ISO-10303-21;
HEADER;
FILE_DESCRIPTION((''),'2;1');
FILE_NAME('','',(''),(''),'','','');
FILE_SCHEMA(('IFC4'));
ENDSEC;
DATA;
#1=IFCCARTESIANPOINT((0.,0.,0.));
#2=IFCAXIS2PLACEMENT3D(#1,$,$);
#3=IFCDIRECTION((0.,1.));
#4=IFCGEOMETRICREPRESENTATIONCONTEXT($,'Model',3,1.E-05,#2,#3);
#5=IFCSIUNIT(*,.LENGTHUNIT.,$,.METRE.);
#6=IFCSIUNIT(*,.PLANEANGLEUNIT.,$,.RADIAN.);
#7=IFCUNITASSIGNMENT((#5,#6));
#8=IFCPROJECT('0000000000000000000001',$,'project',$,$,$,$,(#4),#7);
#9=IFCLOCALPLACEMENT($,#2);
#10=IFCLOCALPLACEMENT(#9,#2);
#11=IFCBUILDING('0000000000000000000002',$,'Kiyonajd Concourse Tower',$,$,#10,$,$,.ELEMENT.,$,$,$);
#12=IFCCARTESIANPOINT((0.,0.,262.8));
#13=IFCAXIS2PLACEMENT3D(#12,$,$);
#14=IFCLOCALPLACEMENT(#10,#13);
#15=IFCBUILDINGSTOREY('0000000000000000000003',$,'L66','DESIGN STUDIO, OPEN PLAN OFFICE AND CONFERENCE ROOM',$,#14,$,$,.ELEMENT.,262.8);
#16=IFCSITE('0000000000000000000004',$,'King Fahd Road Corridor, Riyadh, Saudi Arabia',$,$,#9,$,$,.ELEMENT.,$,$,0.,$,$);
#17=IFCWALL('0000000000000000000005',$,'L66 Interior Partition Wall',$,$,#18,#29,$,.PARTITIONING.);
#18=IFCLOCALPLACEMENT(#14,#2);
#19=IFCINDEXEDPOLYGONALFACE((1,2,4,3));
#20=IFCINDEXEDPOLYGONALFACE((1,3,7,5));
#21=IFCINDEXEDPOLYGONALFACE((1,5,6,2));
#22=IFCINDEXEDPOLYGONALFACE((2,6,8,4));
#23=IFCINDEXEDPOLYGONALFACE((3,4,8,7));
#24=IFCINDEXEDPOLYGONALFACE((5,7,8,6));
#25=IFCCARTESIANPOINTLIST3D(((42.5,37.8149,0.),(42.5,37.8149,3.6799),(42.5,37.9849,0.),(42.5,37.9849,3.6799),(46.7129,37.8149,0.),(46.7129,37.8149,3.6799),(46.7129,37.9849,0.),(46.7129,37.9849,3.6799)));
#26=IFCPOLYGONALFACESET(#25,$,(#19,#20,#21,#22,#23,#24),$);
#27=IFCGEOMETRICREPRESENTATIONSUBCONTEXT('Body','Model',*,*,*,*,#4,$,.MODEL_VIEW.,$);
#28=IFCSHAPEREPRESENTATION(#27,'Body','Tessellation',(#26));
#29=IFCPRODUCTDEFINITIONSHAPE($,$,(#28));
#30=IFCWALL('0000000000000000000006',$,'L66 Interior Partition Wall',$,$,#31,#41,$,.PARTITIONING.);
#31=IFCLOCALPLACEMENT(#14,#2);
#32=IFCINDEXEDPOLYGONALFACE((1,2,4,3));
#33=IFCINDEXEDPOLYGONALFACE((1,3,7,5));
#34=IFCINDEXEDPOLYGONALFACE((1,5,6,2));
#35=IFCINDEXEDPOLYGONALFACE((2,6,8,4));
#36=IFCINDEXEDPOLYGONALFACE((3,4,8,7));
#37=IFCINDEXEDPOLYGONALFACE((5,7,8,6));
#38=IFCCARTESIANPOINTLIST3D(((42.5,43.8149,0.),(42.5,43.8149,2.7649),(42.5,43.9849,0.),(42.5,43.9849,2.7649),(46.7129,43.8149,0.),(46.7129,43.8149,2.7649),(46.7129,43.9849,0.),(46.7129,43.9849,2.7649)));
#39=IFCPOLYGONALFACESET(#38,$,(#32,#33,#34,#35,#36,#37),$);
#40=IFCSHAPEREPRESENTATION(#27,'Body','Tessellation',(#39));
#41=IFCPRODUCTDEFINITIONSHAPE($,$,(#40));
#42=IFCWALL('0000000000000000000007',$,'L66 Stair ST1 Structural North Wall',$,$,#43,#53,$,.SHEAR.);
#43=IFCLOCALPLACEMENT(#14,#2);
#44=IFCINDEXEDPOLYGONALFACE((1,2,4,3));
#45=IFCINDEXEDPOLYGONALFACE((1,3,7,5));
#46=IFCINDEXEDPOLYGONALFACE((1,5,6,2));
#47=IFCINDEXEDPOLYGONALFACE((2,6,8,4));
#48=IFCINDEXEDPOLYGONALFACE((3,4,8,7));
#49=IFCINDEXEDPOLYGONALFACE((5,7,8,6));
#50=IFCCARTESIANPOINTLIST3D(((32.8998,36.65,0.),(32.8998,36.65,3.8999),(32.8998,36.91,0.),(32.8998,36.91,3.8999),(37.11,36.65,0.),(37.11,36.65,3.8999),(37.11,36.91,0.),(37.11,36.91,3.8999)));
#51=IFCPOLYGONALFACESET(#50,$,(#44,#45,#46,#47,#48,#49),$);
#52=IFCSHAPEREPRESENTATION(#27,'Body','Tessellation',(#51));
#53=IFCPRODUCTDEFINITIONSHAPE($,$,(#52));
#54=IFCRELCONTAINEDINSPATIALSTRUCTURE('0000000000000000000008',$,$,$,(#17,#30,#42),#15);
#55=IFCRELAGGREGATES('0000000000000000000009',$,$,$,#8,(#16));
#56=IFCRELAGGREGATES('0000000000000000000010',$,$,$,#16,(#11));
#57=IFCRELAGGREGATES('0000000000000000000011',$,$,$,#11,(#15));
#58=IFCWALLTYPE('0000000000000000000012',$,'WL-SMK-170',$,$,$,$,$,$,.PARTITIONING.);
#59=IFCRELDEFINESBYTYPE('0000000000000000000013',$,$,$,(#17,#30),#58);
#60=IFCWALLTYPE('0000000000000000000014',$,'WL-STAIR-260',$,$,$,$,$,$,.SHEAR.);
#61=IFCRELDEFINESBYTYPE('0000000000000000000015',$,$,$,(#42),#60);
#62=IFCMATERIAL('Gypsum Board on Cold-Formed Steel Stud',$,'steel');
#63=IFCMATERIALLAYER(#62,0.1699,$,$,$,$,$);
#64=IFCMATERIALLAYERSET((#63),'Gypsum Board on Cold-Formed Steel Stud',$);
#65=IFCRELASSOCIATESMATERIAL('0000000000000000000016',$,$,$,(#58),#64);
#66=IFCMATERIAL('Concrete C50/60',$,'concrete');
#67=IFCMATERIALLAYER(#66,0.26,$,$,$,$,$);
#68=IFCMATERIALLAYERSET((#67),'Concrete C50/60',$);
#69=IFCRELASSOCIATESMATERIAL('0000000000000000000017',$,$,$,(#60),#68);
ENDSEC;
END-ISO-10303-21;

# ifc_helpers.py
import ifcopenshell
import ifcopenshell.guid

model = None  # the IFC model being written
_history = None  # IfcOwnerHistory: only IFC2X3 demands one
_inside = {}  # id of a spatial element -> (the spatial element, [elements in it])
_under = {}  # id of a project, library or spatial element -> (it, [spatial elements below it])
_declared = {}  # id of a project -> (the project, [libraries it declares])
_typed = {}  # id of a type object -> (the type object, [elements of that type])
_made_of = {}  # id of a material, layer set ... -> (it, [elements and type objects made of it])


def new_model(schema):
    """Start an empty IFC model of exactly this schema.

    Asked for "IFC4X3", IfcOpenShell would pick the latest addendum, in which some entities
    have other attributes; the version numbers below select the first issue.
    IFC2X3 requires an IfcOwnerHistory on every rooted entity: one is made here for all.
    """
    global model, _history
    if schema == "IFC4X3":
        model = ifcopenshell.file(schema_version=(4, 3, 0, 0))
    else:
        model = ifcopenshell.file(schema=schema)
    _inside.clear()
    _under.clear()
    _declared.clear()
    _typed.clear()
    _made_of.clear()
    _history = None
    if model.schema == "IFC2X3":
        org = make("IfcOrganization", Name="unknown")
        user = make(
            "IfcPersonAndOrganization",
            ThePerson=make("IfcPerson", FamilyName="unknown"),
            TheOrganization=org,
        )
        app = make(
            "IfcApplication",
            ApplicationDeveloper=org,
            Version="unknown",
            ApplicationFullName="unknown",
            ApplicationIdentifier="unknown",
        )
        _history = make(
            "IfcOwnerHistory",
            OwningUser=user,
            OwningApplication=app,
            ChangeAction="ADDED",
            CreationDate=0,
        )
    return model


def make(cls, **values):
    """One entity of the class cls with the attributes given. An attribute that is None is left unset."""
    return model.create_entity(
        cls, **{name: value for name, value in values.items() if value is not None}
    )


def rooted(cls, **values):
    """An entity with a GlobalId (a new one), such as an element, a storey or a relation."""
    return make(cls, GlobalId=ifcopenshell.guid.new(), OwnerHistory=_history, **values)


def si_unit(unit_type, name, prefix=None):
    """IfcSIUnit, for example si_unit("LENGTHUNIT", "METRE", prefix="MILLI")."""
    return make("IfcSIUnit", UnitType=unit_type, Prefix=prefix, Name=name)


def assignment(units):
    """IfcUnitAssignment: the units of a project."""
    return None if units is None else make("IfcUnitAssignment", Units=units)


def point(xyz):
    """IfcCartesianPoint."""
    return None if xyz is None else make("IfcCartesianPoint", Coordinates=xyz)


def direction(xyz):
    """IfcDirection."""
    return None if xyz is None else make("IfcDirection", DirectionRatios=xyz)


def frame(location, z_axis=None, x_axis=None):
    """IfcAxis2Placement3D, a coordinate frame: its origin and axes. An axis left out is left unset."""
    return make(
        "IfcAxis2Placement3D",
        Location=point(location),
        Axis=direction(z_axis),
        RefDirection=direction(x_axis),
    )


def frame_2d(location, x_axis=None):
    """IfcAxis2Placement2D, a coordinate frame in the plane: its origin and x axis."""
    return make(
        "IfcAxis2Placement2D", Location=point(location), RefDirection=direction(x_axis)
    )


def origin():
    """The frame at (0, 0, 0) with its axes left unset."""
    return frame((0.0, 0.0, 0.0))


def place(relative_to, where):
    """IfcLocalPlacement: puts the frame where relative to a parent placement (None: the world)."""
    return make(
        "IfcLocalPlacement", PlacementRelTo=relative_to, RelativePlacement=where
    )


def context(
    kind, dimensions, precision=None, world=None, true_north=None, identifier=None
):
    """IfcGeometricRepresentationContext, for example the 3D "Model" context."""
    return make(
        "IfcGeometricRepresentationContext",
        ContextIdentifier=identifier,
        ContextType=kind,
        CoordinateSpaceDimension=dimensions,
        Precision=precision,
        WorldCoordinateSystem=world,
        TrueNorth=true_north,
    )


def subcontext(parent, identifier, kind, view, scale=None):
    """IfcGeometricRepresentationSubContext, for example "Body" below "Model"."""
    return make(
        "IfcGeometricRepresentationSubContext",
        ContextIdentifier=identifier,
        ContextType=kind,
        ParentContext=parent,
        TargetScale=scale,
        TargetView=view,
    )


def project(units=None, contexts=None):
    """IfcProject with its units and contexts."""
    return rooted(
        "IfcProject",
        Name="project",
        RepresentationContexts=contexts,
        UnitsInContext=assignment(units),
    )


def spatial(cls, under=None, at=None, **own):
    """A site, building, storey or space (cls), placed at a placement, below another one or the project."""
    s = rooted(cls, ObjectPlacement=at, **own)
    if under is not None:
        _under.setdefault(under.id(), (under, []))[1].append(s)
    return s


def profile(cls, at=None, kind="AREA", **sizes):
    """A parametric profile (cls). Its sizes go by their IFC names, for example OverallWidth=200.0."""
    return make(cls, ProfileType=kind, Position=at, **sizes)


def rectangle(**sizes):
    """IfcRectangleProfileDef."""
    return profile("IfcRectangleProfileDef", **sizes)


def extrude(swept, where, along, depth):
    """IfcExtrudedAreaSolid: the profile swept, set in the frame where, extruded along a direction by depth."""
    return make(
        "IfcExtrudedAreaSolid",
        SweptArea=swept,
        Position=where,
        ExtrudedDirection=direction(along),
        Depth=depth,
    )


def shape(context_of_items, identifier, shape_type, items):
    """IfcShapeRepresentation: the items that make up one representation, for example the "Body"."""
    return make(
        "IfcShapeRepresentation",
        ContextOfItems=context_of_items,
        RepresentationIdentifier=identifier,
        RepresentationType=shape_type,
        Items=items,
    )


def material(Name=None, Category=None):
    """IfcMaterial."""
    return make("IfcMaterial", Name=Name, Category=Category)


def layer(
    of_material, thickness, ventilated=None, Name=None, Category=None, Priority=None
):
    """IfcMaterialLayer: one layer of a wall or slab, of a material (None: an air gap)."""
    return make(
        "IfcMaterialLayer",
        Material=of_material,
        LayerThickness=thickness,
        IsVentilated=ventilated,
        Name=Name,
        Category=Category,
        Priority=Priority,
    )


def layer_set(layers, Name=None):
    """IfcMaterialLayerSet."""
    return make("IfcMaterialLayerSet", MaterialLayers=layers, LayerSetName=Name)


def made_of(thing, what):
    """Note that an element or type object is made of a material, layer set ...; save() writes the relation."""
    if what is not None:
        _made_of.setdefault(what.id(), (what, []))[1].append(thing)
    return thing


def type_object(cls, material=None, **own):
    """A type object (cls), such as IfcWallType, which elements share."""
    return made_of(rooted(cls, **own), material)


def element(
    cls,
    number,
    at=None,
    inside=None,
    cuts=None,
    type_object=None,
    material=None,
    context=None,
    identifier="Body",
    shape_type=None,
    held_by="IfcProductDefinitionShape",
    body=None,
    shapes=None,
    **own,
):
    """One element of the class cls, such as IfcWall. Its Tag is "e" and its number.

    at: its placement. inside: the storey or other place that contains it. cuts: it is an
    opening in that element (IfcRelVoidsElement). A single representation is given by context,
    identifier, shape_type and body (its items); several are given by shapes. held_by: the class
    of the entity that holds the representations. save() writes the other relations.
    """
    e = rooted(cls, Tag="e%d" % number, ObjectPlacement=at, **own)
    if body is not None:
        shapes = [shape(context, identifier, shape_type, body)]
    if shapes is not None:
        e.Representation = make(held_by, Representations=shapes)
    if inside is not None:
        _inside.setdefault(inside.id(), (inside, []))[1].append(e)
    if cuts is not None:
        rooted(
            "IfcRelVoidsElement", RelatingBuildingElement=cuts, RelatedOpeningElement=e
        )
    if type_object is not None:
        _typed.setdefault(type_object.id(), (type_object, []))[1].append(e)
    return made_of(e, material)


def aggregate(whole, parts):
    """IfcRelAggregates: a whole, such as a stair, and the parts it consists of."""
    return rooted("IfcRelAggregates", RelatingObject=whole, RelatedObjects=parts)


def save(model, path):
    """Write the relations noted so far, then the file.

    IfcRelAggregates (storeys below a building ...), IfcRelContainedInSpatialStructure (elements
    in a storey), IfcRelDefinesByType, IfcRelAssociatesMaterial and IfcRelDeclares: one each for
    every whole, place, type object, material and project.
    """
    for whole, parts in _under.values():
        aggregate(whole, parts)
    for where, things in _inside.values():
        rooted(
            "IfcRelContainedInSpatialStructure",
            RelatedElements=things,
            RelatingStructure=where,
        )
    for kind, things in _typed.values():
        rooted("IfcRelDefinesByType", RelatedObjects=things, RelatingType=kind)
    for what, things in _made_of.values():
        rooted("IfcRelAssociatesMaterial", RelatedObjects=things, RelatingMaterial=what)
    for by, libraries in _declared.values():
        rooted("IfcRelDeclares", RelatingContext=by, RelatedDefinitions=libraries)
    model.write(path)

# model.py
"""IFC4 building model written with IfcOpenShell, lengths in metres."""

from ifc_helpers import new_model, si_unit, direction, frame, frame_2d, origin, place, context, subcontext, project, spatial, rectangle, extrude, material, layer, layer_set, type_object, element, save


model = new_model("IFC4")

# Units and contexts
model_context = context("Model", 3, precision=1e-05, world=origin(), true_north=direction((0.0, 1.0)))
body_context = subcontext(model_context, "Body", "Model", "MODEL_VIEW")
ifc_project = project(units=[si_unit("LENGTHUNIT", "METRE"), si_unit("PLANEANGLEUNIT", "RADIAN")], contexts=[model_context])

# Site, building, storey
site_placement = place(None, origin())
site = spatial("IfcSite", under=ifc_project, at=site_placement, Name="King Fahd Road Corridor, Riyadh, Saudi Arabia", CompositionType="ELEMENT", RefElevation=0.0)
building_placement = place(site_placement, origin())
building = spatial("IfcBuilding", under=site, at=building_placement, Name="Kiyonajd Concourse Tower", CompositionType="ELEMENT")
storey_placement = place(building_placement, frame((0.0, 0.0, 262.8)))
storey = spatial("IfcBuildingStorey", under=building, at=storey_placement, Name="L66", Description="DESIGN STUDIO, OPEN PLAN OFFICE AND CONFERENCE ROOM", CompositionType="ELEMENT", Elevation=262.8)

# Shared definitions
ifc_material_1 = material(Name="Gypsum Board on Cold-Formed Steel Stud", Category="steel")

# Shared definitions
ifc_layer_1 = layer(ifc_material_1, 0.1699)
ifc_layer_set_1 = layer_set([ifc_layer_1], Name="Gypsum Board on Cold-Formed Steel Stud")
wall_type_1 = type_object("IfcWallType", Name="WL-SMK-170", PredefinedType="PARTITIONING", material=ifc_layer_set_1)

# Walls
wall_1_placement = place(storey_placement, frame((42.5, 37.8999, 0.0), z_axis=(0.0, 0.0, 1.0), x_axis=(1.0, 0.0, 0.0)))
element("IfcWall", 1, at=wall_1_placement, inside=storey, type_object=wall_type_1, Name="L66 Interior Partition Wall", PredefinedType="PARTITIONING", context=body_context, shape_type="SweptSolid", body=[
    extrude(rectangle(XDim=4.2129, YDim=0.1699, at=frame_2d((2.1064, 0.0))), origin(), (0.0, 0.0, 1.0), 3.6799),
])
wall_2_placement = place(storey_placement, frame((42.5, 43.8999, 0.0), z_axis=(0.0, 0.0, 1.0), x_axis=(1.0, 0.0, 0.0)))
element("IfcWall", 2, at=wall_2_placement, inside=storey, type_object=wall_type_1, Name="L66 Interior Partition Wall", PredefinedType="PARTITIONING", context=body_context, shape_type="SweptSolid", body=[
    extrude(rectangle(XDim=4.2129, YDim=0.1699, at=frame_2d((2.1064, 0.0))), origin(), (0.0, 0.0, 1.0), 2.7649),
])
ifc_material_2 = material(Name="Concrete C50/60", Category="concrete")
ifc_layer_2 = layer(ifc_material_2, 0.26)
ifc_layer_set_2 = layer_set([ifc_layer_2], Name="Concrete C50/60")
wall_type_2 = type_object("IfcWallType", Name="WL-STAIR-260", PredefinedType="SHEAR", material=ifc_layer_set_2)
wall_3_placement = place(storey_placement, frame((32.8999, 36.78, 0.0), z_axis=(0.0, 0.0, 1.0), x_axis=(1.0, 0.0, 0.0)))
element("IfcWall", 3, at=wall_3_placement, inside=storey, type_object=wall_type_2, Name="L66 Stair ST1 Structural North Wall", PredefinedType="SHEAR", context=body_context, shape_type="SweptSolid", body=[
    extrude(rectangle(XDim=4.2102, YDim=0.26, at=frame_2d((2.105, 0.0))), origin(), (0.0, 0.0, 1.0), 3.8999),
])

save(model, "model.ifc")
